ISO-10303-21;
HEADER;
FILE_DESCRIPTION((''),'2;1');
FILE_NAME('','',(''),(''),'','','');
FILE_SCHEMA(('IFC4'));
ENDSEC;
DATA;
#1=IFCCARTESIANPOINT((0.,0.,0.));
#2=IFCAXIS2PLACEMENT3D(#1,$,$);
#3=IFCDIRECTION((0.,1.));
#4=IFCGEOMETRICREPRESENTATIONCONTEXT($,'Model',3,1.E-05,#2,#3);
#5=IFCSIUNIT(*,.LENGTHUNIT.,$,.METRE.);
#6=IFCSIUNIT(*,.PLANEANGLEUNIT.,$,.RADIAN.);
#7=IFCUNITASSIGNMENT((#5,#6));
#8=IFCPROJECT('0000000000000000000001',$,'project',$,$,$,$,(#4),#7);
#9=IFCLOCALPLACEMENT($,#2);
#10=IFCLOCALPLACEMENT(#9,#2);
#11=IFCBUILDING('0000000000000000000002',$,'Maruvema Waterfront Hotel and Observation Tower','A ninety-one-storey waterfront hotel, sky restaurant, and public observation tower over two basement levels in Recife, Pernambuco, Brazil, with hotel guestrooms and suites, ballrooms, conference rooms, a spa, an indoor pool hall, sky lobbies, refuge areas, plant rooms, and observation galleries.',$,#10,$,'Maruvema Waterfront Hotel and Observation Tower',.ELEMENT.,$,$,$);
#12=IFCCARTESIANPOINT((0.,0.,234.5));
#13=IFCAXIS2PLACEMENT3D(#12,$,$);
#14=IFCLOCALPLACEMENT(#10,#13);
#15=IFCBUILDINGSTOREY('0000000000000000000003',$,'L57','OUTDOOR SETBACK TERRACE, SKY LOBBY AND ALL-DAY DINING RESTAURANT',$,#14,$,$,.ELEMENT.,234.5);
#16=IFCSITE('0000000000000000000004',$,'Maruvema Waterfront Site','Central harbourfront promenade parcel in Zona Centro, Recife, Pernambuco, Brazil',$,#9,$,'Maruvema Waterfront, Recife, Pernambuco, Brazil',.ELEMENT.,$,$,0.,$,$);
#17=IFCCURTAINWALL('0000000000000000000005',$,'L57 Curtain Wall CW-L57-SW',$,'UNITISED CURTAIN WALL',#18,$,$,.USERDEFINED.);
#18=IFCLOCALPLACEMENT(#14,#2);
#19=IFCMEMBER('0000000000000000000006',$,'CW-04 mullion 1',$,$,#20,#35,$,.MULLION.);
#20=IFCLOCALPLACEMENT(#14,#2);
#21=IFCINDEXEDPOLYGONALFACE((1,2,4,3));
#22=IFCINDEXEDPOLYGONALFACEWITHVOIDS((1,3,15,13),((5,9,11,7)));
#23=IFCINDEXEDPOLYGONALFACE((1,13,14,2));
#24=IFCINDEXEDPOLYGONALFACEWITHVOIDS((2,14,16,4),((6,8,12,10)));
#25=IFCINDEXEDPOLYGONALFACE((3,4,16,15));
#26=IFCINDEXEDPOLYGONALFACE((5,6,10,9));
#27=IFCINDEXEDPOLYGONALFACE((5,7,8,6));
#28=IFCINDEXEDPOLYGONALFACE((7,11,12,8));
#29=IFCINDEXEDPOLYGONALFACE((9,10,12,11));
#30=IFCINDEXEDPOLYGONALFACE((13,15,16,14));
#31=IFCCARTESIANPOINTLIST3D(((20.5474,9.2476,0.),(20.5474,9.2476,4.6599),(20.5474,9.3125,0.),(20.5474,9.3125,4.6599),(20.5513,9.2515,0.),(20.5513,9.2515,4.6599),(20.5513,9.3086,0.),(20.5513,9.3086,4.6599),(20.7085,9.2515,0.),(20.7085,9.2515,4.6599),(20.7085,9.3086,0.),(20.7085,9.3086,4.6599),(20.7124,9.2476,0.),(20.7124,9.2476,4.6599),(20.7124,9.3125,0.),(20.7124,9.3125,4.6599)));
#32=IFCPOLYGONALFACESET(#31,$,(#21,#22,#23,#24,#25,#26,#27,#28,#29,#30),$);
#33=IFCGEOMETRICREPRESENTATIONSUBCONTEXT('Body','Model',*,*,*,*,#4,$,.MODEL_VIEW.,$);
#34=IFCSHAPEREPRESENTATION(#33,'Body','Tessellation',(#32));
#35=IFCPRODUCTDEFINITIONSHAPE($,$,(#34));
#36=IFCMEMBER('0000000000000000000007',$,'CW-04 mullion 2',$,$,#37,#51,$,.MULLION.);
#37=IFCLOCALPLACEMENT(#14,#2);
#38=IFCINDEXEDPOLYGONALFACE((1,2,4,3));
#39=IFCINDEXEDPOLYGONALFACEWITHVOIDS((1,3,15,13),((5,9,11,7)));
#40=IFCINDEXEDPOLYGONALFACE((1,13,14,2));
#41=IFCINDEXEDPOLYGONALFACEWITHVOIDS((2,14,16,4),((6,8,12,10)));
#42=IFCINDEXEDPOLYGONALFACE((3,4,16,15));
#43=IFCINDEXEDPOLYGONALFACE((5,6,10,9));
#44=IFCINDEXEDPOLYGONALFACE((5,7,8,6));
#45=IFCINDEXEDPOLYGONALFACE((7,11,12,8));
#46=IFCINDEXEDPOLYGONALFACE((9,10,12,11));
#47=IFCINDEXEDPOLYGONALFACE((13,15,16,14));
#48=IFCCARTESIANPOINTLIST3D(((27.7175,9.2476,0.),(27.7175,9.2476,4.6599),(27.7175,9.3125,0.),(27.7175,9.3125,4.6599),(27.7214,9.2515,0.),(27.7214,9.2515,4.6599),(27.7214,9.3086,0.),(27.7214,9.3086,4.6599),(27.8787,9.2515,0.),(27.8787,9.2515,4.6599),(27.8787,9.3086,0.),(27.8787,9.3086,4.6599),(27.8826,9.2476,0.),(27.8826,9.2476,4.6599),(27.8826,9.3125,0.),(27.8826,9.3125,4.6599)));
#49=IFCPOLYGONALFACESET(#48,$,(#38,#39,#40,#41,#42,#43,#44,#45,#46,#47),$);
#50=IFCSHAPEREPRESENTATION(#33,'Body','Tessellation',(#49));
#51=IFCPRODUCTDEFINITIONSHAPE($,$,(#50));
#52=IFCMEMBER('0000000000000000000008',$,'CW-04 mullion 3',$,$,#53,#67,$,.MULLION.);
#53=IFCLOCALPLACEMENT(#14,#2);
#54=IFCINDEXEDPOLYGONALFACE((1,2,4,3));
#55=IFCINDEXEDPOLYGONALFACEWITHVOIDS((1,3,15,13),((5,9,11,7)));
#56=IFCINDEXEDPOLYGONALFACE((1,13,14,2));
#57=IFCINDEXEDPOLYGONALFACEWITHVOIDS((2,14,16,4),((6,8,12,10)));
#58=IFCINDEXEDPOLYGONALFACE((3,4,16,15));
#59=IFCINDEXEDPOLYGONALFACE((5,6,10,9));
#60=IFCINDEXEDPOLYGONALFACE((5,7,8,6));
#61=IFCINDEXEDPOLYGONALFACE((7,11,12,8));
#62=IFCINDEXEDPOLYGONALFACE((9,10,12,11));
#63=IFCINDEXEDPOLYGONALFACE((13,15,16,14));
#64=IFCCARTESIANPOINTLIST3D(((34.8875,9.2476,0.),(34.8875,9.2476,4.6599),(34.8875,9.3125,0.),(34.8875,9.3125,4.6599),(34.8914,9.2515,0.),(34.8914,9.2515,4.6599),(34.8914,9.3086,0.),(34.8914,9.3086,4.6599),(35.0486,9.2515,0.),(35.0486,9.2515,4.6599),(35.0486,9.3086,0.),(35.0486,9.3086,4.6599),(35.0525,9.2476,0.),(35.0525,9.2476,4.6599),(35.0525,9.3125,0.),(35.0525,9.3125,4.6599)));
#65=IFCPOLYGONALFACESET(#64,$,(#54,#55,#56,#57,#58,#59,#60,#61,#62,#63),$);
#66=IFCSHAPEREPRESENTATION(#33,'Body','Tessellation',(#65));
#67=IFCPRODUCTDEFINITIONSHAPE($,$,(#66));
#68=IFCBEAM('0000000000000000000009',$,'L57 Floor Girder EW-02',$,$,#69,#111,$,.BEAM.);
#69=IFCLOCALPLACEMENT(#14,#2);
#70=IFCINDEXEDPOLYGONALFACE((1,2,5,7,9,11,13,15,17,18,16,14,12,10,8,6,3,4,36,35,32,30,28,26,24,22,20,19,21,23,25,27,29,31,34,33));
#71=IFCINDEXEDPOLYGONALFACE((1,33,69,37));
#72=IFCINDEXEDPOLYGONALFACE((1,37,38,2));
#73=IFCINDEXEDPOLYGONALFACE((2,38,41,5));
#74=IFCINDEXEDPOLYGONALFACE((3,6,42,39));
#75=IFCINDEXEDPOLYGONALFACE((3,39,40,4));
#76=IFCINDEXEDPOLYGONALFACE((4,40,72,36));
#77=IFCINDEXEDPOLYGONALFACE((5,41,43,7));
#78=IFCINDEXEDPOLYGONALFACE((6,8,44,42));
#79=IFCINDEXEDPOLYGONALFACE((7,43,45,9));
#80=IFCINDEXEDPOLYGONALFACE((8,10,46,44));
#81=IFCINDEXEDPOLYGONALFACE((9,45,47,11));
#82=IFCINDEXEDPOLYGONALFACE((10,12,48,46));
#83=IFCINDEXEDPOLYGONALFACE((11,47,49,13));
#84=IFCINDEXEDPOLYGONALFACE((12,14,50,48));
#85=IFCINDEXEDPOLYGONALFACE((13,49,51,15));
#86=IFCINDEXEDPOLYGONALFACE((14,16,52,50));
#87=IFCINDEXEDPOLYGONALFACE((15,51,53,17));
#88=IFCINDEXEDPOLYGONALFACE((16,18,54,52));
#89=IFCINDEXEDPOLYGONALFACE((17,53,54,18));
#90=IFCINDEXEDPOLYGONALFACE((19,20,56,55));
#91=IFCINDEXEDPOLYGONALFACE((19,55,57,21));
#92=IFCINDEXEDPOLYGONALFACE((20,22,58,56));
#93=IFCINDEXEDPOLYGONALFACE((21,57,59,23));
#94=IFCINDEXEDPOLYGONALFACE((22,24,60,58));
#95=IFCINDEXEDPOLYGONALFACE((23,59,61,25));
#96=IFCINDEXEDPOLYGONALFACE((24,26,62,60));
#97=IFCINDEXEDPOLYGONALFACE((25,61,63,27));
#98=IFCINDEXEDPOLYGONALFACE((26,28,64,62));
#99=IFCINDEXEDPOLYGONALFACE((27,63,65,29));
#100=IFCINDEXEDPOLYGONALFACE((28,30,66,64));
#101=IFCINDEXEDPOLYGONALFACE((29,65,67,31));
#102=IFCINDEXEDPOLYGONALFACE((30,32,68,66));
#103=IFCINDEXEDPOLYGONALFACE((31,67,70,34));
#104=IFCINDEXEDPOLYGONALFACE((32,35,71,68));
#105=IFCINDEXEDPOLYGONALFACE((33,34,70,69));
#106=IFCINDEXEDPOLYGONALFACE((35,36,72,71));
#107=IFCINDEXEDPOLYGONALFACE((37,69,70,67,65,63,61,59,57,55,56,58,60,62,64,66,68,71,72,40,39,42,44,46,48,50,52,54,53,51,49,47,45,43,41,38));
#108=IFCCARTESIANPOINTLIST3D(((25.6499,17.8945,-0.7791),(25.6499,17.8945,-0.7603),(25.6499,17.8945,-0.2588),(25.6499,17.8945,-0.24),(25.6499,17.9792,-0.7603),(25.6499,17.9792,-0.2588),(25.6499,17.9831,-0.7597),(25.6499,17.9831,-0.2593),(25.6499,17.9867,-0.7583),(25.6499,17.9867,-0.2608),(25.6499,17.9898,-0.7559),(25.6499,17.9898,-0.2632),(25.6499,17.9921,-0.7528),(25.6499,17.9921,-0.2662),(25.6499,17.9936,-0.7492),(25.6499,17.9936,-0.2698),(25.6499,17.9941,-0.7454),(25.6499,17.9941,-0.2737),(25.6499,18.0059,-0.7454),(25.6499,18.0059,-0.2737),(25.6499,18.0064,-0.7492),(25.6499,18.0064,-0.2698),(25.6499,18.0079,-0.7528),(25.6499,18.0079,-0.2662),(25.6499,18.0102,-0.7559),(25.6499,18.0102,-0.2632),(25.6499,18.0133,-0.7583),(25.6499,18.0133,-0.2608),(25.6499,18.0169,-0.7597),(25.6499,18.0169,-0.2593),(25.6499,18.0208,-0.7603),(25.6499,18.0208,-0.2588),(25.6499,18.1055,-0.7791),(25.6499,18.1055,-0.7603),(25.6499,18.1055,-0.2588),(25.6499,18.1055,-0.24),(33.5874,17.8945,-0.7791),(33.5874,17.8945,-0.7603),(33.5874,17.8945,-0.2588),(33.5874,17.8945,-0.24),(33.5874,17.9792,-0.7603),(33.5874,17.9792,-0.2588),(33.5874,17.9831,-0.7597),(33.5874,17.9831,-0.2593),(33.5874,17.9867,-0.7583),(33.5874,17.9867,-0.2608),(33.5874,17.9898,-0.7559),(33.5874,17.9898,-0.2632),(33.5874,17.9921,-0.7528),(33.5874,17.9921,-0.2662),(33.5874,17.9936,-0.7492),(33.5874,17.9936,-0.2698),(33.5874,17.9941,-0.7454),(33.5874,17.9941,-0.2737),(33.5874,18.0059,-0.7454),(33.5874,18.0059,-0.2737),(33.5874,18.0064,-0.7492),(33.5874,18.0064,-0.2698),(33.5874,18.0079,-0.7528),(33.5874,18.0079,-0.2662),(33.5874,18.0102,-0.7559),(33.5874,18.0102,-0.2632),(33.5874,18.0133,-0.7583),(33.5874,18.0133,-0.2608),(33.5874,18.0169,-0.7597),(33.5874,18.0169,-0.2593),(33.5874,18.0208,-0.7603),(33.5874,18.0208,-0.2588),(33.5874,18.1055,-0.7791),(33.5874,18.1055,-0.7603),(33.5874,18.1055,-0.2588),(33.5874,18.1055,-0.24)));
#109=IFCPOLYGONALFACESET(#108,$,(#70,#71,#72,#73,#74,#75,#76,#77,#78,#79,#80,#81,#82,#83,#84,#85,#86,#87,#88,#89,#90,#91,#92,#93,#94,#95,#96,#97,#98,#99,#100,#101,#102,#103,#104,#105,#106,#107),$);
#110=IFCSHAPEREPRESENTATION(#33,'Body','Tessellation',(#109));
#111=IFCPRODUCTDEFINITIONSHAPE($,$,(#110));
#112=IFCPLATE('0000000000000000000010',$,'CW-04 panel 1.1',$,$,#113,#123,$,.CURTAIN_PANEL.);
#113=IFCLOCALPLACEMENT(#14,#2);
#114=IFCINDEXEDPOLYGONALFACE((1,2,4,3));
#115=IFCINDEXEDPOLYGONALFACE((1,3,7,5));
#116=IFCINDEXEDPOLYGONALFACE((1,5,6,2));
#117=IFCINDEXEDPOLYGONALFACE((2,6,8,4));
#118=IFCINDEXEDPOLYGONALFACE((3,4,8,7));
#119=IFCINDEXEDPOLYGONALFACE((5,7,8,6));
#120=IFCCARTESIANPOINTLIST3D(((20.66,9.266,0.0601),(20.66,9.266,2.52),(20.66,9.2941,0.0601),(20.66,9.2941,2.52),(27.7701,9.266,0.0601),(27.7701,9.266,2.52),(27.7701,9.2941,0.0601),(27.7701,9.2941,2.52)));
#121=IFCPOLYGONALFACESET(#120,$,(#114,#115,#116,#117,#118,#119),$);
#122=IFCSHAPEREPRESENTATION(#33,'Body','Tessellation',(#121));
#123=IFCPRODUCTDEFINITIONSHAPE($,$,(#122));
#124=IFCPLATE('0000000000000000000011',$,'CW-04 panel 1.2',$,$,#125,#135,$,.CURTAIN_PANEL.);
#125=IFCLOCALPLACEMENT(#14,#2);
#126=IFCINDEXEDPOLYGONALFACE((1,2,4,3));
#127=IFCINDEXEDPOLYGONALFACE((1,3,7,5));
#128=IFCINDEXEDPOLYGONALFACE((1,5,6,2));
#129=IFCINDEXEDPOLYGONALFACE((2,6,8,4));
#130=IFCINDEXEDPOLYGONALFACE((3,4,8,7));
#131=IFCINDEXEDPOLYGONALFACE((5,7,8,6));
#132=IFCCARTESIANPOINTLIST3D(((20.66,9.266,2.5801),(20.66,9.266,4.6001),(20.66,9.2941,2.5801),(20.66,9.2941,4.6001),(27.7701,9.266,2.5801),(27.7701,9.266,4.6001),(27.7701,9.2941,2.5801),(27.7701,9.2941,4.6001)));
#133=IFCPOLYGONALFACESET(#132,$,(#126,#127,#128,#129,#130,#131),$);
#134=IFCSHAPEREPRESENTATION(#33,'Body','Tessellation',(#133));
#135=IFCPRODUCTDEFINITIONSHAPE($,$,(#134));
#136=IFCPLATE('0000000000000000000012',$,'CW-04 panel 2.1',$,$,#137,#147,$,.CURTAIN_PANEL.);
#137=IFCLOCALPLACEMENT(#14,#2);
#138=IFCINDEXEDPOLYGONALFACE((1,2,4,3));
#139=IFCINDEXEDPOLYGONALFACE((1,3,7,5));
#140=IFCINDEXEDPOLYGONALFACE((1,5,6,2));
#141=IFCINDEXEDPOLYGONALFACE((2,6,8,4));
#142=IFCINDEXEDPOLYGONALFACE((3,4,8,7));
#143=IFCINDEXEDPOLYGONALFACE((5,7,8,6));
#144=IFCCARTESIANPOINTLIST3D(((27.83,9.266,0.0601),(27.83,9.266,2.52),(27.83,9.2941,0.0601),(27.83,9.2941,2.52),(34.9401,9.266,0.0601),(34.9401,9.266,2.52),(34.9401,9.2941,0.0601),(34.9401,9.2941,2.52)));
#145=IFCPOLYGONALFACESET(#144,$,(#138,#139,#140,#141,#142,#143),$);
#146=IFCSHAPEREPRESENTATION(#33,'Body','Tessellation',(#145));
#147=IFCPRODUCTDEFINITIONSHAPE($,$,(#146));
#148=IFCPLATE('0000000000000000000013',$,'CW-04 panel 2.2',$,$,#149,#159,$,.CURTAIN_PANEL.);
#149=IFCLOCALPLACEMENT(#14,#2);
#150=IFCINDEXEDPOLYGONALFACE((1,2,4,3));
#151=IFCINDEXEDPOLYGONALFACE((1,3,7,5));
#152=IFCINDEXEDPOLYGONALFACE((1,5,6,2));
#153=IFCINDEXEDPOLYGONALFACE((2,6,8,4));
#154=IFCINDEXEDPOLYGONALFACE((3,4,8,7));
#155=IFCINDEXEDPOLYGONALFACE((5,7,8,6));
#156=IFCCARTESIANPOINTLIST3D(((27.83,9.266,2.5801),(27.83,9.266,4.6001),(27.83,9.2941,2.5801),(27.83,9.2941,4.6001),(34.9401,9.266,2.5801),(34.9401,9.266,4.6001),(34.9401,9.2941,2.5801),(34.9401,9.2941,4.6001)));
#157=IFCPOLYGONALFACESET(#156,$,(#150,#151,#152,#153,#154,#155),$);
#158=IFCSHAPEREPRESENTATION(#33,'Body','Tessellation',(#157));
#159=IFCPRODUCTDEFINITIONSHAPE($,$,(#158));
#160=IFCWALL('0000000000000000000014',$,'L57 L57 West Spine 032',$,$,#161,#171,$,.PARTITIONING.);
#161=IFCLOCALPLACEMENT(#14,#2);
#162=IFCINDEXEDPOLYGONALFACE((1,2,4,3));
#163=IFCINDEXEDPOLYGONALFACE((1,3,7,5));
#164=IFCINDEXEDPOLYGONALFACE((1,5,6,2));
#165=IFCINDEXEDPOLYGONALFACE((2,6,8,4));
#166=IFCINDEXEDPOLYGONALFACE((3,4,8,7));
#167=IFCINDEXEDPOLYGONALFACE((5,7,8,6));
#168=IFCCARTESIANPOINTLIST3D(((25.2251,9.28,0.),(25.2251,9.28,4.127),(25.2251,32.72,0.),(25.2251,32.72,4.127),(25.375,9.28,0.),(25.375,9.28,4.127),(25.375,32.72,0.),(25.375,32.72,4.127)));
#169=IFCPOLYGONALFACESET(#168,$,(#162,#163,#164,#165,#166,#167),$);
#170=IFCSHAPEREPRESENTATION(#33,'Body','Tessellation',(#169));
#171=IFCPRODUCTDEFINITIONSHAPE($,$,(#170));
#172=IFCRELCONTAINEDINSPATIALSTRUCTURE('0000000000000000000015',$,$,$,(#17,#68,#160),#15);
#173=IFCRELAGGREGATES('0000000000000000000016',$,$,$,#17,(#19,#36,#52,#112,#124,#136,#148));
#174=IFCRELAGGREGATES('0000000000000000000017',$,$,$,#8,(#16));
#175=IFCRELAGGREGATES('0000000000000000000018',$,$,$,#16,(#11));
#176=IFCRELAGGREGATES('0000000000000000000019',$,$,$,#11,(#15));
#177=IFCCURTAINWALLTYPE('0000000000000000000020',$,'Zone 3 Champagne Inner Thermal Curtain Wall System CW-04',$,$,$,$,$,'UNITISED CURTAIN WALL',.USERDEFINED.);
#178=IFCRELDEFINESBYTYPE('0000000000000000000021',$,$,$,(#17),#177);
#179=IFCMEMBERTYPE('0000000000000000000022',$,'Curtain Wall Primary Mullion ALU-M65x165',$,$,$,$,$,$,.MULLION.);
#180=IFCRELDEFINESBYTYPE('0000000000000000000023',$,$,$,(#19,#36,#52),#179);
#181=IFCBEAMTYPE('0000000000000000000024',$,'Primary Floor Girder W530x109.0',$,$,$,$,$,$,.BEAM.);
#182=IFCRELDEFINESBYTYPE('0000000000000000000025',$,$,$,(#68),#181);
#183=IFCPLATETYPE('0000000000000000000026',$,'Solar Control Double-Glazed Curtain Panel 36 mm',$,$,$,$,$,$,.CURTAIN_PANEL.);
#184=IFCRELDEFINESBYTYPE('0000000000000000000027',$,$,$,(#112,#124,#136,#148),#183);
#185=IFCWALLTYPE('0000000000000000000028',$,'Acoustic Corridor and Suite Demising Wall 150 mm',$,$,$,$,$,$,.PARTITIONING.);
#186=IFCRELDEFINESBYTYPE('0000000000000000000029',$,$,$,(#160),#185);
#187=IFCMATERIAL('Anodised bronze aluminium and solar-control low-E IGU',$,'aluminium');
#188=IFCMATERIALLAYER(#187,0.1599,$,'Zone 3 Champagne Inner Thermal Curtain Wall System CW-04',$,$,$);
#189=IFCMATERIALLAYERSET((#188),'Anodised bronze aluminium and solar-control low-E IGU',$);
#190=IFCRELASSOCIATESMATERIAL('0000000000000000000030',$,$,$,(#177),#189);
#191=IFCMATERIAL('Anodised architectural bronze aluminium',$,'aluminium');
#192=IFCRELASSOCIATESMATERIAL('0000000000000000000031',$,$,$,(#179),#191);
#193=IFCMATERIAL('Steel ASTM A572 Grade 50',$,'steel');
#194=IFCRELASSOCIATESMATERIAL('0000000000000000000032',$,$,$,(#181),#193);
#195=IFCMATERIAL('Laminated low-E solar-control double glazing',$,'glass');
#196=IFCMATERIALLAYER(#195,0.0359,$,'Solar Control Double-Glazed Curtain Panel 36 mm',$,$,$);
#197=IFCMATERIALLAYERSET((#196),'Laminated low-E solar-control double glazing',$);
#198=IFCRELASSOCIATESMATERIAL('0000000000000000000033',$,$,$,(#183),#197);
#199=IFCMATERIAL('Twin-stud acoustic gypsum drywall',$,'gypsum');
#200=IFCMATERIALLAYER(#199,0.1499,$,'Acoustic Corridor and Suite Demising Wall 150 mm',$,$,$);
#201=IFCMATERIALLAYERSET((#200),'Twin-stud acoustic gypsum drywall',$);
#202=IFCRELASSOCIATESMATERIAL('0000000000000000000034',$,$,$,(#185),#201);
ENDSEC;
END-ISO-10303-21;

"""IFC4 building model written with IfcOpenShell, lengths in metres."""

from ifc_helpers import new_model, si_unit, direction, frame, frame_2d, origin, origin_2d, place, context, subcontext, project, spatial, rectangle, hollow_rectangle, i_section, extrude, material, layer, layer_set, material_profile, profile_set, type_object, element, aggregate, save


model = new_model("IFC4")

# Units and contexts
model_context = context("Model", 3, precision=1e-05, world=origin(), true_north=direction((0.0, 1.0)))
body_context = subcontext(model_context, "Body", "Model", "MODEL_VIEW")
ifc_project = project(units=[si_unit("LENGTHUNIT", "METRE"), si_unit("PLANEANGLEUNIT", "RADIAN")], contexts=[model_context])

# Site, building, storey
site_placement = place(None, origin())
site = spatial("IfcSite", under=ifc_project, at=site_placement, Name="Maruvema Waterfront Site", Description="Central harbourfront promenade parcel in Zona Centro, Recife, Pernambuco, Brazil", LongName="Maruvema Waterfront, Recife, Pernambuco, Brazil", CompositionType="ELEMENT", RefElevation=0.0)
building_placement = place(site_placement, origin())
building = spatial("IfcBuilding", under=site, at=building_placement, Name="Maruvema Waterfront Hotel and Observation Tower", Description="A ninety-one-storey waterfront hotel, sky restaurant, and public observation tower over two basement levels in Recife, Pernambuco, Brazil, with hotel guestrooms and suites, ballrooms, conference rooms, a spa, an indoor pool hall, sky lobbies, refuge areas, plant rooms, and observation galleries.", LongName="Maruvema Waterfront Hotel and Observation Tower", CompositionType="ELEMENT")
storey_placement = place(building_placement, frame((0.0, 0.0, 234.5)))
storey = spatial("IfcBuildingStorey", under=building, at=storey_placement, Name="L57", Description="OUTDOOR SETBACK TERRACE, SKY LOBBY AND ALL-DAY DINING RESTAURANT", CompositionType="ELEMENT", Elevation=234.5)

# Curtain wall, members
ifc_material_1 = material(Name="Anodised bronze aluminium and solar-control low-E IGU", Category="aluminium")
ifc_layer_1 = layer(ifc_material_1, 0.1599, Name="Zone 3 Champagne Inner Thermal Curtain Wall System CW-04")
ifc_layer_set_1 = layer_set([ifc_layer_1], Name="Anodised bronze aluminium and solar-control low-E IGU")
curtain_wall_type = type_object("IfcCurtainWallType", Name="Zone 3 Champagne Inner Thermal Curtain Wall System CW-04", ElementType="UNITISED CURTAIN WALL", PredefinedType="USERDEFINED", material=ifc_layer_set_1)
curtain_wall_placement = place(storey_placement, origin())
curtain_wall = element("IfcCurtainWall", 1, at=curtain_wall_placement, inside=storey, type_object=curtain_wall_type, Name="L57 Curtain Wall CW-L57-SW", ObjectType="UNITISED CURTAIN WALL", PredefinedType="USERDEFINED")
ifc_material_2 = material(Name="Anodised architectural bronze aluminium", Category="aluminium")
ifc_material_profile_1 = material_profile(ifc_material_2, hollow_rectangle(XDim=0.0649, YDim=0.165, WallThickness=0.0039, at=origin_2d()), Name="ALU-M65x165")
ifc_profile_set_1 = profile_set([ifc_material_profile_1], Name="Anodised architectural bronze aluminium")
member_type_1 = type_object("IfcMemberType", Name="Curtain Wall Primary Mullion ALU-M65x165", PredefinedType="MULLION", material=ifc_profile_set_1)
member_1_placement = place(storey_placement, frame((20.6299, 9.28, 0.0), z_axis=(0.0, 0.0, 1.0), x_axis=(0.0, 1.0, 0.0)))
member_1 = element("IfcMember", 2, at=member_1_placement, type_object=member_type_1, Name="CW-04 mullion 1", PredefinedType="MULLION", context=body_context, shape_type="SweptSolid", body=[
    extrude(hollow_rectangle(XDim=0.0649, YDim=0.165, WallThickness=0.0039, at=origin_2d()), origin(), (0.0, 0.0, 1.0), 4.6599),
])
member_2_placement = place(storey_placement, frame((27.8, 9.28, 0.0), z_axis=(0.0, 0.0, 1.0), x_axis=(0.0, 1.0, 0.0)))
member_2 = element("IfcMember", 3, at=member_2_placement, type_object=member_type_1, Name="CW-04 mullion 2", PredefinedType="MULLION", context=body_context, shape_type="SweptSolid", body=[
    extrude(hollow_rectangle(XDim=0.0649, YDim=0.165, WallThickness=0.0039, at=origin_2d()), origin(), (0.0, 0.0, 1.0), 4.6599),
])
member_3_placement = place(storey_placement, frame((34.97, 9.28, 0.0), z_axis=(0.0, 0.0, 1.0), x_axis=(0.0, 1.0, 0.0)))
member_3 = element("IfcMember", 4, at=member_3_placement, type_object=member_type_1, Name="CW-04 mullion 3", PredefinedType="MULLION", context=body_context, shape_type="SweptSolid", body=[
    extrude(hollow_rectangle(XDim=0.0649, YDim=0.165, WallThickness=0.0039, at=origin_2d()), origin(), (0.0, 0.0, 1.0), 4.6599),
])

# Beam
ifc_material_3 = material(Name="Steel ASTM A572 Grade 50", Category="steel")
ifc_material_profile_2 = material_profile(ifc_material_3, i_section(OverallWidth=0.2109, OverallDepth=0.5391, WebThickness=0.0117, FlangeThickness=0.0188, FilletRadius=0.0149, at=origin_2d()), Name="W530x109.0")
ifc_profile_set_2 = profile_set([ifc_material_profile_2], Name="Steel ASTM A572 Grade 50")
beam_type = type_object("IfcBeamType", Name="Primary Floor Girder W530x109.0", PredefinedType="BEAM", material=ifc_profile_set_2)
beam_placement = place(storey_placement, frame((25.6499, 18.0, -0.5095), z_axis=(1.0, 0.0, 0.0), x_axis=(0.0, 1.0, 0.0)))
element("IfcBeam", 5, at=beam_placement, inside=storey, type_object=beam_type, Name="L57 Floor Girder EW-02", PredefinedType="BEAM", context=body_context, shape_type="SweptSolid", body=[
    extrude(i_section(OverallWidth=0.2109, OverallDepth=0.5391, WebThickness=0.0117, FlangeThickness=0.0188, FilletRadius=0.0149, at=origin_2d()), origin(), (0.0, 0.0, 1.0), 7.9375),
])

# Plates
ifc_material_4 = material(Name="Laminated low-E solar-control double glazing", Category="glass")
ifc_layer_2 = layer(ifc_material_4, 0.0359, Name="Solar Control Double-Glazed Curtain Panel 36 mm")
ifc_layer_set_2 = layer_set([ifc_layer_2], Name="Laminated low-E solar-control double glazing")
plate_type = type_object("IfcPlateType", Name="Solar Control Double-Glazed Curtain Panel 36 mm", PredefinedType="CURTAIN_PANEL", material=ifc_layer_set_2)
plate_1_placement = place(storey_placement, frame((24.2151, 9.28, 0.0601), z_axis=(0.0, 0.0, 1.0), x_axis=(1.0, 0.0, 0.0)))
plate_1 = element("IfcPlate", 6, at=plate_1_placement, type_object=plate_type, Name="CW-04 panel 1.1", PredefinedType="CURTAIN_PANEL", context=body_context, shape_type="SweptSolid", body=[
    extrude(rectangle(XDim=7.1101, YDim=0.0281, at=origin_2d()), origin(), (0.0, 0.0, 1.0), 2.46),
])
plate_2_placement = place(storey_placement, frame((24.2151, 9.28, 2.5801), z_axis=(0.0, 0.0, 1.0), x_axis=(1.0, 0.0, 0.0)))
plate_2 = element("IfcPlate", 7, at=plate_2_placement, type_object=plate_type, Name="CW-04 panel 1.2", PredefinedType="CURTAIN_PANEL", context=body_context, shape_type="SweptSolid", body=[
    extrude(rectangle(XDim=7.1101, YDim=0.0281, at=origin_2d()), origin(), (0.0, 0.0, 1.0), 2.02),
])
plate_3_placement = place(storey_placement, frame((31.385, 9.28, 0.0601), z_axis=(0.0, 0.0, 1.0), x_axis=(1.0, 0.0, 0.0)))
plate_3 = element("IfcPlate", 8, at=plate_3_placement, type_object=plate_type, Name="CW-04 panel 2.1", PredefinedType="CURTAIN_PANEL", context=body_context, shape_type="SweptSolid", body=[
    extrude(rectangle(XDim=7.1101, YDim=0.0281, at=origin_2d()), origin(), (0.0, 0.0, 1.0), 2.46),
])
plate_4_placement = place(storey_placement, frame((31.385, 9.28, 2.5801), z_axis=(0.0, 0.0, 1.0), x_axis=(1.0, 0.0, 0.0)))
plate_4 = element("IfcPlate", 9, at=plate_4_placement, type_object=plate_type, Name="CW-04 panel 2.2", PredefinedType="CURTAIN_PANEL", context=body_context, shape_type="SweptSolid", body=[
    extrude(rectangle(XDim=7.1101, YDim=0.0281, at=origin_2d()), origin(), (0.0, 0.0, 1.0), 2.02),
])
aggregate(curtain_wall, [member_1, member_2, member_3, plate_1, plate_2, plate_3, plate_4])

# Wall
ifc_material_5 = material(Name="Twin-stud acoustic gypsum drywall", Category="gypsum")
ifc_layer_3 = layer(ifc_material_5, 0.1499, Name="Acoustic Corridor and Suite Demising Wall 150 mm")
ifc_layer_set_3 = layer_set([ifc_layer_3], Name="Twin-stud acoustic gypsum drywall")
wall_type_1 = type_object("IfcWallType", Name="Acoustic Corridor and Suite Demising Wall 150 mm", PredefinedType="PARTITIONING", material=ifc_layer_set_3)
wall_1_placement = place(storey_placement, frame((25.3, 9.28, 0.0), z_axis=(0.0, 0.0, 1.0), x_axis=(0.0, 1.0, 0.0)))
element("IfcWall", 10, at=wall_1_placement, inside=storey, type_object=wall_type_1, Name="L57 L57 West Spine 032", PredefinedType="PARTITIONING", context=body_context, shape_type="SweptSolid", body=[
    extrude(rectangle(XDim=23.4399, YDim=0.1499, at=frame_2d((11.72, 0.0))), origin(), (0.0, 0.0, 1.0), 4.127),
])

save(model, "model.ifc")
